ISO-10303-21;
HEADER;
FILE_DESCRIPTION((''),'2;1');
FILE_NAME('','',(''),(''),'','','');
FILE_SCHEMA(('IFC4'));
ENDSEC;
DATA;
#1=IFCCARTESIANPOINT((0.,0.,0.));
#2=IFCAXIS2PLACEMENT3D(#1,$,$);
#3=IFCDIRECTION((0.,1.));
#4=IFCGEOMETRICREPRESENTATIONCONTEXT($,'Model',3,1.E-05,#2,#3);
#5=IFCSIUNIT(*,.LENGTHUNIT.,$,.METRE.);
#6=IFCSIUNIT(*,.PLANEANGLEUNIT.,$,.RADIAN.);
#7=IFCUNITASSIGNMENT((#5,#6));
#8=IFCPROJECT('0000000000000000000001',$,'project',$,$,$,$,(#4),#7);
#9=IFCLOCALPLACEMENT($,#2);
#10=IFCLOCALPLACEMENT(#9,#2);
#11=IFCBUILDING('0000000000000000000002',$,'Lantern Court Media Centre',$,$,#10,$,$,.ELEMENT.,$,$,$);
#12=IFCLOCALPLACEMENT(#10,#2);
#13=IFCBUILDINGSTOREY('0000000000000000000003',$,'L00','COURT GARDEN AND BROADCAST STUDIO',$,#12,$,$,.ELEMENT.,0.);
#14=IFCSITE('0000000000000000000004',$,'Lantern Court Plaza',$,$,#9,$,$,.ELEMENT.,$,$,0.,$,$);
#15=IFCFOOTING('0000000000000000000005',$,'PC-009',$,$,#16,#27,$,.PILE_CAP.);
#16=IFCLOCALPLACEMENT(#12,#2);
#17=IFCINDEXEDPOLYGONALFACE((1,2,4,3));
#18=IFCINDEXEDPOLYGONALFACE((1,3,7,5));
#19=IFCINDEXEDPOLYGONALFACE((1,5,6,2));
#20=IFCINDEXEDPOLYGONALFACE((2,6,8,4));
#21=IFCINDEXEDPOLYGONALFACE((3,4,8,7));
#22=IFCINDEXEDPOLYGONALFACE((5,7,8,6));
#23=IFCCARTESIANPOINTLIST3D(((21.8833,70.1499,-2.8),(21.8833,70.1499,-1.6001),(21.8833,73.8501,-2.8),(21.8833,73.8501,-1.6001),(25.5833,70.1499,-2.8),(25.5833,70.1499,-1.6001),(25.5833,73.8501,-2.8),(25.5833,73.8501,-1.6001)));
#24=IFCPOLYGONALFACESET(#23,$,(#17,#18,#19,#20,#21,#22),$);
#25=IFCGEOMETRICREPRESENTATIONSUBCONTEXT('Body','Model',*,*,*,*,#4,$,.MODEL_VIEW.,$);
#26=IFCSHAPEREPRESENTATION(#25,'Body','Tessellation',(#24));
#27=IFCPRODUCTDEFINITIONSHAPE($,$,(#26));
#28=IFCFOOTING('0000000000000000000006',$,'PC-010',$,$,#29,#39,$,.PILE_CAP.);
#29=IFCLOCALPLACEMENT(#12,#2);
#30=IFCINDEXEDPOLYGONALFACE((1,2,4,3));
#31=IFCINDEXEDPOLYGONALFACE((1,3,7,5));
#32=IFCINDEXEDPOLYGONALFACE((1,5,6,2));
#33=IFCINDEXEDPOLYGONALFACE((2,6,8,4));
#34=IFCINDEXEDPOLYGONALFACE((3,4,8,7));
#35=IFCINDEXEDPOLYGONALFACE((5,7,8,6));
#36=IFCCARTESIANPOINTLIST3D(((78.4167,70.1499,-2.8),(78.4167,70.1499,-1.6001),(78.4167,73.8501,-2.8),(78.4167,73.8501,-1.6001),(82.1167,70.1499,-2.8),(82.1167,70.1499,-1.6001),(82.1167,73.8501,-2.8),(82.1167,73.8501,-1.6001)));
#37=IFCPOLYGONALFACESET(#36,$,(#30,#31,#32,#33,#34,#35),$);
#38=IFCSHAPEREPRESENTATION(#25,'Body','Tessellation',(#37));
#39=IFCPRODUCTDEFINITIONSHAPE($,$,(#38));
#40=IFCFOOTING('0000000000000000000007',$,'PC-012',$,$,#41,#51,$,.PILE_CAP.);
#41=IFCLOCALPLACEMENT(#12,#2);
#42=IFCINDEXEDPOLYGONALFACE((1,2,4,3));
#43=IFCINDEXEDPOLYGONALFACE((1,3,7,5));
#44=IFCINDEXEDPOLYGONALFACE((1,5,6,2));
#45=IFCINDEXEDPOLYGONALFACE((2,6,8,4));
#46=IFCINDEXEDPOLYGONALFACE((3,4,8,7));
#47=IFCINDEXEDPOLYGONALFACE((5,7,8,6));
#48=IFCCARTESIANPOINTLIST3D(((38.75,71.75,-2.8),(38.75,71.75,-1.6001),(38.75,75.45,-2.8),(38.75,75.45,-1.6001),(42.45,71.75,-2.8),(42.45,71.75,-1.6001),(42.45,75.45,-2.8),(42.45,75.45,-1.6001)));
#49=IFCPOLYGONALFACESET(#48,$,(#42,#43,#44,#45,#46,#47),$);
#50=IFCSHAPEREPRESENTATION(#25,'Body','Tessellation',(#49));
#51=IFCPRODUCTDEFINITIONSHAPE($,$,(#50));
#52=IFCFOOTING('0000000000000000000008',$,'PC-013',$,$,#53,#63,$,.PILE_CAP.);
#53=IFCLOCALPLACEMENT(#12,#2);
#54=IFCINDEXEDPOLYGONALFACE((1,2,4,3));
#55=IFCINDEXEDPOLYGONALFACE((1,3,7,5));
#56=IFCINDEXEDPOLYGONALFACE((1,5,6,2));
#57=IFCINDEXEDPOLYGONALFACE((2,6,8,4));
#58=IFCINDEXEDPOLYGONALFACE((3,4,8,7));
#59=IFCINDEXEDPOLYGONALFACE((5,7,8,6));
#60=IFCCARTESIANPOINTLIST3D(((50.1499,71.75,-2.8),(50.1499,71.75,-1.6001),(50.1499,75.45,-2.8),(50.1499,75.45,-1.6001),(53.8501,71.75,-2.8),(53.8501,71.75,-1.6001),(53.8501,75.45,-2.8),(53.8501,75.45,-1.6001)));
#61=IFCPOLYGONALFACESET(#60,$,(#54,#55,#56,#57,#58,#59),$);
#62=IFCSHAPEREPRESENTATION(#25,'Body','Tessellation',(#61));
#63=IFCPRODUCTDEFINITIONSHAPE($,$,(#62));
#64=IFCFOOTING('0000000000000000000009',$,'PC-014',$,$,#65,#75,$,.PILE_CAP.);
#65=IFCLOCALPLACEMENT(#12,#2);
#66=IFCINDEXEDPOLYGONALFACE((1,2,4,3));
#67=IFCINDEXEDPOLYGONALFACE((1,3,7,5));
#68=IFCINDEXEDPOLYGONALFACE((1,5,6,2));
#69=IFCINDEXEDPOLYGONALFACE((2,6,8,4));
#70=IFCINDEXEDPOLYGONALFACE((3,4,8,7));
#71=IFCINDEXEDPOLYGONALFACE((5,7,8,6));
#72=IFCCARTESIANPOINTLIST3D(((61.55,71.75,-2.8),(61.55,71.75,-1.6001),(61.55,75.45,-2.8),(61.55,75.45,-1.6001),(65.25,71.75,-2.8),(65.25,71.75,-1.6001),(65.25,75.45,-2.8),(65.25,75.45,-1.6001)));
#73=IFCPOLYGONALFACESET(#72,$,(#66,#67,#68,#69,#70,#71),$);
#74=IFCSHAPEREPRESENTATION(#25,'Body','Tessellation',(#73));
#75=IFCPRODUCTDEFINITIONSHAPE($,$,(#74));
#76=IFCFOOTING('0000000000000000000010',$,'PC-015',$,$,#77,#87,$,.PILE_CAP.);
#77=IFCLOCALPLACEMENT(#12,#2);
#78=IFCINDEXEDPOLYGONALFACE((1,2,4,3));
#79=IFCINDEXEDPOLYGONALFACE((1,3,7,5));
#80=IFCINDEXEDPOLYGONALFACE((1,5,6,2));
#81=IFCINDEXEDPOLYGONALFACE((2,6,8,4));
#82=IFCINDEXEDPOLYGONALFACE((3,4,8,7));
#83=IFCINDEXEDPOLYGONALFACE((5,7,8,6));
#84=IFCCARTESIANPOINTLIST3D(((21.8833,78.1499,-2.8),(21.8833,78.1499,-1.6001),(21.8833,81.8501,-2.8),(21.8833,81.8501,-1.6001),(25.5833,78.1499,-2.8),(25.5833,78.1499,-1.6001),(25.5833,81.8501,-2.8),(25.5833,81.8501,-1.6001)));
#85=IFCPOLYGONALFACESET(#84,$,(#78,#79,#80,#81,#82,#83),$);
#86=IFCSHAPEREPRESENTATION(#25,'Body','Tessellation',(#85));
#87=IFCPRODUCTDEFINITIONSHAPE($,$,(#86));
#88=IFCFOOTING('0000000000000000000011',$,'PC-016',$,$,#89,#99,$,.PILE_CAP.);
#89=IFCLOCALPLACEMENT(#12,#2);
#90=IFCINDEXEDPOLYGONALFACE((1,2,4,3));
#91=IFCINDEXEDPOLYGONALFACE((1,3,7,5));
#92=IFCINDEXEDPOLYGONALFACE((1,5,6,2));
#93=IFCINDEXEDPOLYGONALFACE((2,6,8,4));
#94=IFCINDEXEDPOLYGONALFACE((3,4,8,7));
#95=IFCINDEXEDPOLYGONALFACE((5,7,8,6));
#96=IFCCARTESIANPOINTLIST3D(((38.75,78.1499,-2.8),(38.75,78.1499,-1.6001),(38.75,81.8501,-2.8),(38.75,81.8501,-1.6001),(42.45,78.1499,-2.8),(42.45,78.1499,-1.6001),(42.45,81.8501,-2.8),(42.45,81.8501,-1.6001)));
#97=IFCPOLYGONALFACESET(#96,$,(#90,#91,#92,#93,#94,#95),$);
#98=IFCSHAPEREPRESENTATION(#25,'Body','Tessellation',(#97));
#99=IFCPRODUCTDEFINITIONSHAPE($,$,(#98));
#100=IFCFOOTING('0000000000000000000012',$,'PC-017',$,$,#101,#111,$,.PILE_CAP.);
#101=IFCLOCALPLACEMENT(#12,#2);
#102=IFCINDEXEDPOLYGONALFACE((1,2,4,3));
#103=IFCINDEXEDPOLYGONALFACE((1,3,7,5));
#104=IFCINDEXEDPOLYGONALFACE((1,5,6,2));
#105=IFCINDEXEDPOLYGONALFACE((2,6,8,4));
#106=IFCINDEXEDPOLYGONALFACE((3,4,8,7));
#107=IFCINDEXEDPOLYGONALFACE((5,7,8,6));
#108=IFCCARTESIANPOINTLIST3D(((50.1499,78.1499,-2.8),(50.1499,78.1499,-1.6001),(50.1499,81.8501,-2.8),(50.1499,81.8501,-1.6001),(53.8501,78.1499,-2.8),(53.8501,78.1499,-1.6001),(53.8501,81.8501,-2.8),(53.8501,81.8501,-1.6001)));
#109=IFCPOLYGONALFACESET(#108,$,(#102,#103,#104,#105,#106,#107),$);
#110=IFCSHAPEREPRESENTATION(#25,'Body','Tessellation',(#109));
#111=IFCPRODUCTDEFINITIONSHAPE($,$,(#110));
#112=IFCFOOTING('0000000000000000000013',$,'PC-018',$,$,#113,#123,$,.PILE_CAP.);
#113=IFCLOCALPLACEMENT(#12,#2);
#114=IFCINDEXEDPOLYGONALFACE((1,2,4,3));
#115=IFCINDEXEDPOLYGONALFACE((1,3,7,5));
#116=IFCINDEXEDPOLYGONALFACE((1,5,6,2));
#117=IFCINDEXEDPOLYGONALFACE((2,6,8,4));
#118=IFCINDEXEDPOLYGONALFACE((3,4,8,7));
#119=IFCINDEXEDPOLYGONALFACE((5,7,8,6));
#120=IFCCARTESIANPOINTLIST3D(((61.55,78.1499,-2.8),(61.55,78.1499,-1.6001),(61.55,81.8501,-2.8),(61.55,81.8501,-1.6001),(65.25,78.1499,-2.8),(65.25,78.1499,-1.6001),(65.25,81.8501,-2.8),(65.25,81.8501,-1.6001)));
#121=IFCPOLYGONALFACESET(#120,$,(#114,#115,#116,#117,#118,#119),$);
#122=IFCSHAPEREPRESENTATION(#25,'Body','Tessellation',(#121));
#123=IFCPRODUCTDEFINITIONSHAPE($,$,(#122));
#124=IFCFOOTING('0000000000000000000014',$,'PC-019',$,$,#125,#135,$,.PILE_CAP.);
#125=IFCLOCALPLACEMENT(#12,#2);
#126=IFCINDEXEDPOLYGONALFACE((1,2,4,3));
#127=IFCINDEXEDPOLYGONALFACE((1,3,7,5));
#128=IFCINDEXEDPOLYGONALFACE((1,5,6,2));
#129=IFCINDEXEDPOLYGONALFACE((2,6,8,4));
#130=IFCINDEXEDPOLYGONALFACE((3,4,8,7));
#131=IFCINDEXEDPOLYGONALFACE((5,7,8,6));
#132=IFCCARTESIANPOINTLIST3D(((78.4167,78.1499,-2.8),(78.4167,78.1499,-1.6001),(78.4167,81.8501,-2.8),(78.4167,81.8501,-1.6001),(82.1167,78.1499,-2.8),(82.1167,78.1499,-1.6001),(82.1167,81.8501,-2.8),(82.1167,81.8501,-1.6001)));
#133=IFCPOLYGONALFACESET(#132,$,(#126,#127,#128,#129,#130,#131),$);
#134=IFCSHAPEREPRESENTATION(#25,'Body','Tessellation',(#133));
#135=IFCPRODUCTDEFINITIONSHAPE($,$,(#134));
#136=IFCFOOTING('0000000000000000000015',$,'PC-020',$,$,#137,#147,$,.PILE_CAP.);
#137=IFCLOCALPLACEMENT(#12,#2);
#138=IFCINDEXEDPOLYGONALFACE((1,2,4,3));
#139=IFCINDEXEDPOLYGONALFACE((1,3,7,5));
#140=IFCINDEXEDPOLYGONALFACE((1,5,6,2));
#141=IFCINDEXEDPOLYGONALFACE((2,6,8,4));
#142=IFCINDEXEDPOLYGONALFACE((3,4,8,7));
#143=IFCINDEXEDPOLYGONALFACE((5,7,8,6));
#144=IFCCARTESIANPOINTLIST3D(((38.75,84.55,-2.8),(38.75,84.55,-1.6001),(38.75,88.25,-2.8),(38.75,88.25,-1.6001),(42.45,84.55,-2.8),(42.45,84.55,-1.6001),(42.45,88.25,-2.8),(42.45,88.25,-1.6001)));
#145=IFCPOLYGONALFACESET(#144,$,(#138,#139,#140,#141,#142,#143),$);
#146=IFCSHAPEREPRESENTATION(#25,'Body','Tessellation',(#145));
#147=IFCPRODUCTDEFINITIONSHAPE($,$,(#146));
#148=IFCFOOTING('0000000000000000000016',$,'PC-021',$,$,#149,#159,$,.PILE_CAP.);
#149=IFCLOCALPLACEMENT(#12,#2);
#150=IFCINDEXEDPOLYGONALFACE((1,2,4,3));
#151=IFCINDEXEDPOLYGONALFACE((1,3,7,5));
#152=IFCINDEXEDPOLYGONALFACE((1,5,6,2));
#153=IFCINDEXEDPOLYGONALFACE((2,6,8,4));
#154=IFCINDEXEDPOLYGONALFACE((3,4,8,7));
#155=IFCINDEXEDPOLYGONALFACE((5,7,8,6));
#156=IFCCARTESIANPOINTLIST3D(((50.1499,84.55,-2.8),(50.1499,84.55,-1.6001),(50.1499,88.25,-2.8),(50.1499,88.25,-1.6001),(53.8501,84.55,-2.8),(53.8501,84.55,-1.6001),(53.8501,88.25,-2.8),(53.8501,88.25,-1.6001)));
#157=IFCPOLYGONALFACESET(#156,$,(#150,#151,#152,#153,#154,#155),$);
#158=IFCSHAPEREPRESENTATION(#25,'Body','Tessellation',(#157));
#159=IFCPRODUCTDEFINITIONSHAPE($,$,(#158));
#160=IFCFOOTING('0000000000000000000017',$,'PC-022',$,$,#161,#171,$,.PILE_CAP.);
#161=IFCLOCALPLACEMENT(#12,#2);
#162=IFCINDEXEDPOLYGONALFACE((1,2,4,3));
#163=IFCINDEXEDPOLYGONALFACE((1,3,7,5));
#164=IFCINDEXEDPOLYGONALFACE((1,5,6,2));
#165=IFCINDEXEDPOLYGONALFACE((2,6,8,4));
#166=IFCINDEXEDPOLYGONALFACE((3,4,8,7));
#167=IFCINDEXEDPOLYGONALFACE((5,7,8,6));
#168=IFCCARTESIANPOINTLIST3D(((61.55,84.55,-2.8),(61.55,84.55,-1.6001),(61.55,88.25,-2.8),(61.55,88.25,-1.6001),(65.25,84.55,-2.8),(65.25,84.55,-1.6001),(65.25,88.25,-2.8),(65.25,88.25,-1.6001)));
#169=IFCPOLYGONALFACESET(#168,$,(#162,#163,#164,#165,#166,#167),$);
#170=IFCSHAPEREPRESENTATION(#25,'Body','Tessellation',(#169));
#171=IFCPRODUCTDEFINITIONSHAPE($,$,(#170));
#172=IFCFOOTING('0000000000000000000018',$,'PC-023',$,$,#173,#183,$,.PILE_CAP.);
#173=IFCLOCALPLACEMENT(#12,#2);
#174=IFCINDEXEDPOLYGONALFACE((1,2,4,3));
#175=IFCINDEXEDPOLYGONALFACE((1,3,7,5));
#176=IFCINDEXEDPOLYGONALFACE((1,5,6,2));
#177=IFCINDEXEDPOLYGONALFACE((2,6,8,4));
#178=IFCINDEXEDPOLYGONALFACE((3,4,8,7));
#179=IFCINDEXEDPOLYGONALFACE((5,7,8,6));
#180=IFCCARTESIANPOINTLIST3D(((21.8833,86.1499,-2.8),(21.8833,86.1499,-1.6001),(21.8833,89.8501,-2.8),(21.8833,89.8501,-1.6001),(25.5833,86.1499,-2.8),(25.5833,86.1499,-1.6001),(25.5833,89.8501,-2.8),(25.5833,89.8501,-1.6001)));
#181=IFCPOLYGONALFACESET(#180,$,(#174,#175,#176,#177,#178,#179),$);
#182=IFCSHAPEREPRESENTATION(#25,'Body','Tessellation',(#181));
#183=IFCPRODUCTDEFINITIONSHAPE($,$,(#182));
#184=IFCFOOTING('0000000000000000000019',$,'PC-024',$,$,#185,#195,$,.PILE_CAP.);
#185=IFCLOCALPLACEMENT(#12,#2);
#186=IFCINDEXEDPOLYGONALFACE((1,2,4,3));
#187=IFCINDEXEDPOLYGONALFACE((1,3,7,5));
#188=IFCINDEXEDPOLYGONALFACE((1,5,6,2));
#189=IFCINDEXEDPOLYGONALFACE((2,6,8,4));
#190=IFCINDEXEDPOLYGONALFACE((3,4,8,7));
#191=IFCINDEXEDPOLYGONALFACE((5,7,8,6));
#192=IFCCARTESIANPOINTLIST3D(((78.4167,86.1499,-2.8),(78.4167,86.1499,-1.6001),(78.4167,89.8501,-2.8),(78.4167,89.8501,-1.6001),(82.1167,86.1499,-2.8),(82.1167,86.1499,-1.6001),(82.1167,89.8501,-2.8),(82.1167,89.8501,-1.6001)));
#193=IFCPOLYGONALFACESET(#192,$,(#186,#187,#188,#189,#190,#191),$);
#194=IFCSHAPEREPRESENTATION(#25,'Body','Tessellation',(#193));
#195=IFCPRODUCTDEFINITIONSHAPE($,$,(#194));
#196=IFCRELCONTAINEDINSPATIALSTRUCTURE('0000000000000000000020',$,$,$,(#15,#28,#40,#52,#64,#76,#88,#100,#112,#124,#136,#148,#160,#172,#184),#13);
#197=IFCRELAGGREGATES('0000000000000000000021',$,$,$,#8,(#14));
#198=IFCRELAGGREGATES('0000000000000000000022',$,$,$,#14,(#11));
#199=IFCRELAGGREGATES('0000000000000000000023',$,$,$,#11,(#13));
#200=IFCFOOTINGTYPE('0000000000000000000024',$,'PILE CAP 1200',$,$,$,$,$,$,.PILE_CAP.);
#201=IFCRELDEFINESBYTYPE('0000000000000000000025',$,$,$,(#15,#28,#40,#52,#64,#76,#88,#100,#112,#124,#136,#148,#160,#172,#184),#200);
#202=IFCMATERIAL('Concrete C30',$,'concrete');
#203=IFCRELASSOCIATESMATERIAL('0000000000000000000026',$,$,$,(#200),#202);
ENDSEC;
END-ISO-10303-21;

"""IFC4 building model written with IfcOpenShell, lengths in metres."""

from ifc_helpers import new_model, si_unit, direction, frame, origin, place, context, subcontext, project, spatial, polyline, outline, extrude, material, type_object, element, save


model = new_model("IFC4")

# Units and contexts
model_context = context("Model", 3, precision=1e-05, world=origin(), true_north=direction((0.0, 1.0)))
body_context = subcontext(model_context, "Body", "Model", "MODEL_VIEW")
ifc_project = project(units=[si_unit("LENGTHUNIT", "METRE"), si_unit("PLANEANGLEUNIT", "RADIAN")], contexts=[model_context])

# Site, building, storey
site_placement = place(None, origin())
site = spatial("IfcSite", under=ifc_project, at=site_placement, Name="Lantern Court Plaza", CompositionType="ELEMENT", RefElevation=0.0)
building_placement = place(site_placement, origin())
building = spatial("IfcBuilding", under=site, at=building_placement, Name="Lantern Court Media Centre", CompositionType="ELEMENT")
storey_placement = place(building_placement, origin())
storey = spatial("IfcBuildingStorey", under=building, at=storey_placement, Name="L00", Description="COURT GARDEN AND BROADCAST STUDIO", CompositionType="ELEMENT", Elevation=0.0)

# Footings
ifc_material_1 = material(Name="Concrete C30", Category="concrete")
footing_type_1 = type_object("IfcFootingType", Name="PILE CAP 1200", PredefinedType="PILE_CAP", material=ifc_material_1)
footing_1_placement = place(storey_placement, frame((0.0, 0.0, -2.8)))
element("IfcFooting", 1, at=footing_1_placement, inside=storey, type_object=footing_type_1, Name="PC-009", PredefinedType="PILE_CAP", context=body_context, shape_type="SweptSolid", body=[
    extrude(outline(polyline([(25.5833, 70.1499), (21.8833, 70.1499), (21.8833, 73.8501), (25.5833, 73.8501), (25.5833, 70.1499)])), origin(), (0.0, 0.0, 1.0), 1.2),
])
footing_2_placement = place(storey_placement, frame((0.0, 0.0, -2.8)))
element("IfcFooting", 2, at=footing_2_placement, inside=storey, type_object=footing_type_1, Name="PC-010", PredefinedType="PILE_CAP", context=body_context, shape_type="SweptSolid", body=[
    extrude(outline(polyline([(78.4167, 70.1499), (78.4167, 73.8501), (82.1167, 73.8501), (82.1167, 70.1499), (78.4167, 70.1499)])), origin(), (0.0, 0.0, 1.0), 1.2),
])
footing_3_placement = place(storey_placement, frame((0.0, 0.0, -2.8)))
element("IfcFooting", 3, at=footing_3_placement, inside=storey, type_object=footing_type_1, Name="PC-012", PredefinedType="PILE_CAP", context=body_context, shape_type="SweptSolid", body=[
    extrude(outline(polyline([(38.75, 71.75), (38.75, 75.45), (42.45, 75.45), (42.45, 71.75), (38.75, 71.75)])), origin(), (0.0, 0.0, 1.0), 1.2),
])
footing_4_placement = place(storey_placement, frame((0.0, 0.0, -2.8)))
element("IfcFooting", 4, at=footing_4_placement, inside=storey, type_object=footing_type_1, Name="PC-013", PredefinedType="PILE_CAP", context=body_context, shape_type="SweptSolid", body=[
    extrude(outline(polyline([(53.8501, 71.75), (50.1499, 71.75), (50.1499, 75.45), (53.8501, 75.45), (53.8501, 71.75)])), origin(), (0.0, 0.0, 1.0), 1.2),
])
footing_5_placement = place(storey_placement, frame((0.0, 0.0, -2.8)))
element("IfcFooting", 5, at=footing_5_placement, inside=storey, type_object=footing_type_1, Name="PC-014", PredefinedType="PILE_CAP", context=body_context, shape_type="SweptSolid", body=[
    extrude(outline(polyline([(61.55, 71.75), (61.55, 75.45), (65.25, 75.45), (65.25, 71.75), (61.55, 71.75)])), origin(), (0.0, 0.0, 1.0), 1.2),
])
footing_6_placement = place(storey_placement, frame((0.0, 0.0, -2.8)))
element("IfcFooting", 6, at=footing_6_placement, inside=storey, type_object=footing_type_1, Name="PC-015", PredefinedType="PILE_CAP", context=body_context, shape_type="SweptSolid", body=[
    extrude(outline(polyline([(25.5833, 78.1499), (21.8833, 78.1499), (21.8833, 81.8501), (25.5833, 81.8501), (25.5833, 78.1499)])), origin(), (0.0, 0.0, 1.0), 1.2),
])
footing_7_placement = place(storey_placement, frame((0.0, 0.0, -2.8)))
element("IfcFooting", 7, at=footing_7_placement, inside=storey, type_object=footing_type_1, Name="PC-016", PredefinedType="PILE_CAP", context=body_context, shape_type="SweptSolid", body=[
    extrude(outline(polyline([(42.45, 78.1499), (38.75, 78.1499), (38.75, 81.8501), (42.45, 81.8501), (42.45, 78.1499)])), origin(), (0.0, 0.0, 1.0), 1.2),
])
footing_8_placement = place(storey_placement, frame((0.0, 0.0, -2.8)))
element("IfcFooting", 8, at=footing_8_placement, inside=storey, type_object=footing_type_1, Name="PC-017", PredefinedType="PILE_CAP", context=body_context, shape_type="SweptSolid", body=[
    extrude(outline(polyline([(50.1499, 78.1499), (50.1499, 81.8501), (53.8501, 81.8501), (53.8501, 78.1499), (50.1499, 78.1499)])), origin(), (0.0, 0.0, 1.0), 1.2),
])
footing_9_placement = place(storey_placement, frame((0.0, 0.0, -2.8)))
element("IfcFooting", 9, at=footing_9_placement, inside=storey, type_object=footing_type_1, Name="PC-018", PredefinedType="PILE_CAP", context=body_context, shape_type="SweptSolid", body=[
    extrude(outline(polyline([(65.25, 78.1499), (61.55, 78.1499), (61.55, 81.8501), (65.25, 81.8501), (65.25, 78.1499)])), origin(), (0.0, 0.0, 1.0), 1.2),
])
footing_10_placement = place(storey_placement, frame((0.0, 0.0, -2.8)))
element("IfcFooting", 10, at=footing_10_placement, inside=storey, type_object=footing_type_1, Name="PC-019", PredefinedType="PILE_CAP", context=body_context, shape_type="SweptSolid", body=[
    extrude(outline(polyline([(82.1167, 78.1499), (78.4167, 78.1499), (78.4167, 81.8501), (82.1167, 81.8501), (82.1167, 78.1499)])), origin(), (0.0, 0.0, 1.0), 1.2),
])
footing_11_placement = place(storey_placement, frame((0.0, 0.0, -2.8)))
element("IfcFooting", 11, at=footing_11_placement, inside=storey, type_object=footing_type_1, Name="PC-020", PredefinedType="PILE_CAP", context=body_context, shape_type="SweptSolid", body=[
    extrude(outline(polyline([(42.45, 84.55), (38.75, 84.55), (38.75, 88.25), (42.45, 88.25), (42.45, 84.55)])), origin(), (0.0, 0.0, 1.0), 1.2),
])
footing_12_placement = place(storey_placement, frame((0.0, 0.0, -2.8)))
element("IfcFooting", 12, at=footing_12_placement, inside=storey, type_object=footing_type_1, Name="PC-021", PredefinedType="PILE_CAP", context=body_context, shape_type="SweptSolid", body=[
    extrude(outline(polyline([(53.8501, 84.55), (50.1499, 84.55), (50.1499, 88.25), (53.8501, 88.25), (53.8501, 84.55)])), origin(), (0.0, 0.0, 1.0), 1.2),
])
footing_13_placement = place(storey_placement, frame((0.0, 0.0, -2.8)))
element("IfcFooting", 13, at=footing_13_placement, inside=storey, type_object=footing_type_1, Name="PC-022", PredefinedType="PILE_CAP", context=body_context, shape_type="SweptSolid", body=[
    extrude(outline(polyline([(61.55, 84.55), (61.55, 88.25), (65.25, 88.25), (65.25, 84.55), (61.55, 84.55)])), origin(), (0.0, 0.0, 1.0), 1.2),
])
footing_14_placement = place(storey_placement, frame((0.0, 0.0, -2.8)))
element("IfcFooting", 14, at=footing_14_placement, inside=storey, type_object=footing_type_1, Name="PC-023", PredefinedType="PILE_CAP", context=body_context, shape_type="SweptSolid", body=[
    extrude(outline(polyline([(25.5833, 86.1499), (21.8833, 86.1499), (21.8833, 89.8501), (25.5833, 89.8501), (25.5833, 86.1499)])), origin(), (0.0, 0.0, 1.0), 1.2),
])
footing_15_placement = place(storey_placement, frame((0.0, 0.0, -2.8)))
element("IfcFooting", 15, at=footing_15_placement, inside=storey, type_object=footing_type_1, Name="PC-024", PredefinedType="PILE_CAP", context=body_context, shape_type="SweptSolid", body=[
    extrude(outline(polyline([(82.1167, 86.1499), (78.4167, 86.1499), (78.4167, 89.8501), (82.1167, 89.8501), (82.1167, 86.1499)])), origin(), (0.0, 0.0, 1.0), 1.2),
])

save(model, "model.ifc")
